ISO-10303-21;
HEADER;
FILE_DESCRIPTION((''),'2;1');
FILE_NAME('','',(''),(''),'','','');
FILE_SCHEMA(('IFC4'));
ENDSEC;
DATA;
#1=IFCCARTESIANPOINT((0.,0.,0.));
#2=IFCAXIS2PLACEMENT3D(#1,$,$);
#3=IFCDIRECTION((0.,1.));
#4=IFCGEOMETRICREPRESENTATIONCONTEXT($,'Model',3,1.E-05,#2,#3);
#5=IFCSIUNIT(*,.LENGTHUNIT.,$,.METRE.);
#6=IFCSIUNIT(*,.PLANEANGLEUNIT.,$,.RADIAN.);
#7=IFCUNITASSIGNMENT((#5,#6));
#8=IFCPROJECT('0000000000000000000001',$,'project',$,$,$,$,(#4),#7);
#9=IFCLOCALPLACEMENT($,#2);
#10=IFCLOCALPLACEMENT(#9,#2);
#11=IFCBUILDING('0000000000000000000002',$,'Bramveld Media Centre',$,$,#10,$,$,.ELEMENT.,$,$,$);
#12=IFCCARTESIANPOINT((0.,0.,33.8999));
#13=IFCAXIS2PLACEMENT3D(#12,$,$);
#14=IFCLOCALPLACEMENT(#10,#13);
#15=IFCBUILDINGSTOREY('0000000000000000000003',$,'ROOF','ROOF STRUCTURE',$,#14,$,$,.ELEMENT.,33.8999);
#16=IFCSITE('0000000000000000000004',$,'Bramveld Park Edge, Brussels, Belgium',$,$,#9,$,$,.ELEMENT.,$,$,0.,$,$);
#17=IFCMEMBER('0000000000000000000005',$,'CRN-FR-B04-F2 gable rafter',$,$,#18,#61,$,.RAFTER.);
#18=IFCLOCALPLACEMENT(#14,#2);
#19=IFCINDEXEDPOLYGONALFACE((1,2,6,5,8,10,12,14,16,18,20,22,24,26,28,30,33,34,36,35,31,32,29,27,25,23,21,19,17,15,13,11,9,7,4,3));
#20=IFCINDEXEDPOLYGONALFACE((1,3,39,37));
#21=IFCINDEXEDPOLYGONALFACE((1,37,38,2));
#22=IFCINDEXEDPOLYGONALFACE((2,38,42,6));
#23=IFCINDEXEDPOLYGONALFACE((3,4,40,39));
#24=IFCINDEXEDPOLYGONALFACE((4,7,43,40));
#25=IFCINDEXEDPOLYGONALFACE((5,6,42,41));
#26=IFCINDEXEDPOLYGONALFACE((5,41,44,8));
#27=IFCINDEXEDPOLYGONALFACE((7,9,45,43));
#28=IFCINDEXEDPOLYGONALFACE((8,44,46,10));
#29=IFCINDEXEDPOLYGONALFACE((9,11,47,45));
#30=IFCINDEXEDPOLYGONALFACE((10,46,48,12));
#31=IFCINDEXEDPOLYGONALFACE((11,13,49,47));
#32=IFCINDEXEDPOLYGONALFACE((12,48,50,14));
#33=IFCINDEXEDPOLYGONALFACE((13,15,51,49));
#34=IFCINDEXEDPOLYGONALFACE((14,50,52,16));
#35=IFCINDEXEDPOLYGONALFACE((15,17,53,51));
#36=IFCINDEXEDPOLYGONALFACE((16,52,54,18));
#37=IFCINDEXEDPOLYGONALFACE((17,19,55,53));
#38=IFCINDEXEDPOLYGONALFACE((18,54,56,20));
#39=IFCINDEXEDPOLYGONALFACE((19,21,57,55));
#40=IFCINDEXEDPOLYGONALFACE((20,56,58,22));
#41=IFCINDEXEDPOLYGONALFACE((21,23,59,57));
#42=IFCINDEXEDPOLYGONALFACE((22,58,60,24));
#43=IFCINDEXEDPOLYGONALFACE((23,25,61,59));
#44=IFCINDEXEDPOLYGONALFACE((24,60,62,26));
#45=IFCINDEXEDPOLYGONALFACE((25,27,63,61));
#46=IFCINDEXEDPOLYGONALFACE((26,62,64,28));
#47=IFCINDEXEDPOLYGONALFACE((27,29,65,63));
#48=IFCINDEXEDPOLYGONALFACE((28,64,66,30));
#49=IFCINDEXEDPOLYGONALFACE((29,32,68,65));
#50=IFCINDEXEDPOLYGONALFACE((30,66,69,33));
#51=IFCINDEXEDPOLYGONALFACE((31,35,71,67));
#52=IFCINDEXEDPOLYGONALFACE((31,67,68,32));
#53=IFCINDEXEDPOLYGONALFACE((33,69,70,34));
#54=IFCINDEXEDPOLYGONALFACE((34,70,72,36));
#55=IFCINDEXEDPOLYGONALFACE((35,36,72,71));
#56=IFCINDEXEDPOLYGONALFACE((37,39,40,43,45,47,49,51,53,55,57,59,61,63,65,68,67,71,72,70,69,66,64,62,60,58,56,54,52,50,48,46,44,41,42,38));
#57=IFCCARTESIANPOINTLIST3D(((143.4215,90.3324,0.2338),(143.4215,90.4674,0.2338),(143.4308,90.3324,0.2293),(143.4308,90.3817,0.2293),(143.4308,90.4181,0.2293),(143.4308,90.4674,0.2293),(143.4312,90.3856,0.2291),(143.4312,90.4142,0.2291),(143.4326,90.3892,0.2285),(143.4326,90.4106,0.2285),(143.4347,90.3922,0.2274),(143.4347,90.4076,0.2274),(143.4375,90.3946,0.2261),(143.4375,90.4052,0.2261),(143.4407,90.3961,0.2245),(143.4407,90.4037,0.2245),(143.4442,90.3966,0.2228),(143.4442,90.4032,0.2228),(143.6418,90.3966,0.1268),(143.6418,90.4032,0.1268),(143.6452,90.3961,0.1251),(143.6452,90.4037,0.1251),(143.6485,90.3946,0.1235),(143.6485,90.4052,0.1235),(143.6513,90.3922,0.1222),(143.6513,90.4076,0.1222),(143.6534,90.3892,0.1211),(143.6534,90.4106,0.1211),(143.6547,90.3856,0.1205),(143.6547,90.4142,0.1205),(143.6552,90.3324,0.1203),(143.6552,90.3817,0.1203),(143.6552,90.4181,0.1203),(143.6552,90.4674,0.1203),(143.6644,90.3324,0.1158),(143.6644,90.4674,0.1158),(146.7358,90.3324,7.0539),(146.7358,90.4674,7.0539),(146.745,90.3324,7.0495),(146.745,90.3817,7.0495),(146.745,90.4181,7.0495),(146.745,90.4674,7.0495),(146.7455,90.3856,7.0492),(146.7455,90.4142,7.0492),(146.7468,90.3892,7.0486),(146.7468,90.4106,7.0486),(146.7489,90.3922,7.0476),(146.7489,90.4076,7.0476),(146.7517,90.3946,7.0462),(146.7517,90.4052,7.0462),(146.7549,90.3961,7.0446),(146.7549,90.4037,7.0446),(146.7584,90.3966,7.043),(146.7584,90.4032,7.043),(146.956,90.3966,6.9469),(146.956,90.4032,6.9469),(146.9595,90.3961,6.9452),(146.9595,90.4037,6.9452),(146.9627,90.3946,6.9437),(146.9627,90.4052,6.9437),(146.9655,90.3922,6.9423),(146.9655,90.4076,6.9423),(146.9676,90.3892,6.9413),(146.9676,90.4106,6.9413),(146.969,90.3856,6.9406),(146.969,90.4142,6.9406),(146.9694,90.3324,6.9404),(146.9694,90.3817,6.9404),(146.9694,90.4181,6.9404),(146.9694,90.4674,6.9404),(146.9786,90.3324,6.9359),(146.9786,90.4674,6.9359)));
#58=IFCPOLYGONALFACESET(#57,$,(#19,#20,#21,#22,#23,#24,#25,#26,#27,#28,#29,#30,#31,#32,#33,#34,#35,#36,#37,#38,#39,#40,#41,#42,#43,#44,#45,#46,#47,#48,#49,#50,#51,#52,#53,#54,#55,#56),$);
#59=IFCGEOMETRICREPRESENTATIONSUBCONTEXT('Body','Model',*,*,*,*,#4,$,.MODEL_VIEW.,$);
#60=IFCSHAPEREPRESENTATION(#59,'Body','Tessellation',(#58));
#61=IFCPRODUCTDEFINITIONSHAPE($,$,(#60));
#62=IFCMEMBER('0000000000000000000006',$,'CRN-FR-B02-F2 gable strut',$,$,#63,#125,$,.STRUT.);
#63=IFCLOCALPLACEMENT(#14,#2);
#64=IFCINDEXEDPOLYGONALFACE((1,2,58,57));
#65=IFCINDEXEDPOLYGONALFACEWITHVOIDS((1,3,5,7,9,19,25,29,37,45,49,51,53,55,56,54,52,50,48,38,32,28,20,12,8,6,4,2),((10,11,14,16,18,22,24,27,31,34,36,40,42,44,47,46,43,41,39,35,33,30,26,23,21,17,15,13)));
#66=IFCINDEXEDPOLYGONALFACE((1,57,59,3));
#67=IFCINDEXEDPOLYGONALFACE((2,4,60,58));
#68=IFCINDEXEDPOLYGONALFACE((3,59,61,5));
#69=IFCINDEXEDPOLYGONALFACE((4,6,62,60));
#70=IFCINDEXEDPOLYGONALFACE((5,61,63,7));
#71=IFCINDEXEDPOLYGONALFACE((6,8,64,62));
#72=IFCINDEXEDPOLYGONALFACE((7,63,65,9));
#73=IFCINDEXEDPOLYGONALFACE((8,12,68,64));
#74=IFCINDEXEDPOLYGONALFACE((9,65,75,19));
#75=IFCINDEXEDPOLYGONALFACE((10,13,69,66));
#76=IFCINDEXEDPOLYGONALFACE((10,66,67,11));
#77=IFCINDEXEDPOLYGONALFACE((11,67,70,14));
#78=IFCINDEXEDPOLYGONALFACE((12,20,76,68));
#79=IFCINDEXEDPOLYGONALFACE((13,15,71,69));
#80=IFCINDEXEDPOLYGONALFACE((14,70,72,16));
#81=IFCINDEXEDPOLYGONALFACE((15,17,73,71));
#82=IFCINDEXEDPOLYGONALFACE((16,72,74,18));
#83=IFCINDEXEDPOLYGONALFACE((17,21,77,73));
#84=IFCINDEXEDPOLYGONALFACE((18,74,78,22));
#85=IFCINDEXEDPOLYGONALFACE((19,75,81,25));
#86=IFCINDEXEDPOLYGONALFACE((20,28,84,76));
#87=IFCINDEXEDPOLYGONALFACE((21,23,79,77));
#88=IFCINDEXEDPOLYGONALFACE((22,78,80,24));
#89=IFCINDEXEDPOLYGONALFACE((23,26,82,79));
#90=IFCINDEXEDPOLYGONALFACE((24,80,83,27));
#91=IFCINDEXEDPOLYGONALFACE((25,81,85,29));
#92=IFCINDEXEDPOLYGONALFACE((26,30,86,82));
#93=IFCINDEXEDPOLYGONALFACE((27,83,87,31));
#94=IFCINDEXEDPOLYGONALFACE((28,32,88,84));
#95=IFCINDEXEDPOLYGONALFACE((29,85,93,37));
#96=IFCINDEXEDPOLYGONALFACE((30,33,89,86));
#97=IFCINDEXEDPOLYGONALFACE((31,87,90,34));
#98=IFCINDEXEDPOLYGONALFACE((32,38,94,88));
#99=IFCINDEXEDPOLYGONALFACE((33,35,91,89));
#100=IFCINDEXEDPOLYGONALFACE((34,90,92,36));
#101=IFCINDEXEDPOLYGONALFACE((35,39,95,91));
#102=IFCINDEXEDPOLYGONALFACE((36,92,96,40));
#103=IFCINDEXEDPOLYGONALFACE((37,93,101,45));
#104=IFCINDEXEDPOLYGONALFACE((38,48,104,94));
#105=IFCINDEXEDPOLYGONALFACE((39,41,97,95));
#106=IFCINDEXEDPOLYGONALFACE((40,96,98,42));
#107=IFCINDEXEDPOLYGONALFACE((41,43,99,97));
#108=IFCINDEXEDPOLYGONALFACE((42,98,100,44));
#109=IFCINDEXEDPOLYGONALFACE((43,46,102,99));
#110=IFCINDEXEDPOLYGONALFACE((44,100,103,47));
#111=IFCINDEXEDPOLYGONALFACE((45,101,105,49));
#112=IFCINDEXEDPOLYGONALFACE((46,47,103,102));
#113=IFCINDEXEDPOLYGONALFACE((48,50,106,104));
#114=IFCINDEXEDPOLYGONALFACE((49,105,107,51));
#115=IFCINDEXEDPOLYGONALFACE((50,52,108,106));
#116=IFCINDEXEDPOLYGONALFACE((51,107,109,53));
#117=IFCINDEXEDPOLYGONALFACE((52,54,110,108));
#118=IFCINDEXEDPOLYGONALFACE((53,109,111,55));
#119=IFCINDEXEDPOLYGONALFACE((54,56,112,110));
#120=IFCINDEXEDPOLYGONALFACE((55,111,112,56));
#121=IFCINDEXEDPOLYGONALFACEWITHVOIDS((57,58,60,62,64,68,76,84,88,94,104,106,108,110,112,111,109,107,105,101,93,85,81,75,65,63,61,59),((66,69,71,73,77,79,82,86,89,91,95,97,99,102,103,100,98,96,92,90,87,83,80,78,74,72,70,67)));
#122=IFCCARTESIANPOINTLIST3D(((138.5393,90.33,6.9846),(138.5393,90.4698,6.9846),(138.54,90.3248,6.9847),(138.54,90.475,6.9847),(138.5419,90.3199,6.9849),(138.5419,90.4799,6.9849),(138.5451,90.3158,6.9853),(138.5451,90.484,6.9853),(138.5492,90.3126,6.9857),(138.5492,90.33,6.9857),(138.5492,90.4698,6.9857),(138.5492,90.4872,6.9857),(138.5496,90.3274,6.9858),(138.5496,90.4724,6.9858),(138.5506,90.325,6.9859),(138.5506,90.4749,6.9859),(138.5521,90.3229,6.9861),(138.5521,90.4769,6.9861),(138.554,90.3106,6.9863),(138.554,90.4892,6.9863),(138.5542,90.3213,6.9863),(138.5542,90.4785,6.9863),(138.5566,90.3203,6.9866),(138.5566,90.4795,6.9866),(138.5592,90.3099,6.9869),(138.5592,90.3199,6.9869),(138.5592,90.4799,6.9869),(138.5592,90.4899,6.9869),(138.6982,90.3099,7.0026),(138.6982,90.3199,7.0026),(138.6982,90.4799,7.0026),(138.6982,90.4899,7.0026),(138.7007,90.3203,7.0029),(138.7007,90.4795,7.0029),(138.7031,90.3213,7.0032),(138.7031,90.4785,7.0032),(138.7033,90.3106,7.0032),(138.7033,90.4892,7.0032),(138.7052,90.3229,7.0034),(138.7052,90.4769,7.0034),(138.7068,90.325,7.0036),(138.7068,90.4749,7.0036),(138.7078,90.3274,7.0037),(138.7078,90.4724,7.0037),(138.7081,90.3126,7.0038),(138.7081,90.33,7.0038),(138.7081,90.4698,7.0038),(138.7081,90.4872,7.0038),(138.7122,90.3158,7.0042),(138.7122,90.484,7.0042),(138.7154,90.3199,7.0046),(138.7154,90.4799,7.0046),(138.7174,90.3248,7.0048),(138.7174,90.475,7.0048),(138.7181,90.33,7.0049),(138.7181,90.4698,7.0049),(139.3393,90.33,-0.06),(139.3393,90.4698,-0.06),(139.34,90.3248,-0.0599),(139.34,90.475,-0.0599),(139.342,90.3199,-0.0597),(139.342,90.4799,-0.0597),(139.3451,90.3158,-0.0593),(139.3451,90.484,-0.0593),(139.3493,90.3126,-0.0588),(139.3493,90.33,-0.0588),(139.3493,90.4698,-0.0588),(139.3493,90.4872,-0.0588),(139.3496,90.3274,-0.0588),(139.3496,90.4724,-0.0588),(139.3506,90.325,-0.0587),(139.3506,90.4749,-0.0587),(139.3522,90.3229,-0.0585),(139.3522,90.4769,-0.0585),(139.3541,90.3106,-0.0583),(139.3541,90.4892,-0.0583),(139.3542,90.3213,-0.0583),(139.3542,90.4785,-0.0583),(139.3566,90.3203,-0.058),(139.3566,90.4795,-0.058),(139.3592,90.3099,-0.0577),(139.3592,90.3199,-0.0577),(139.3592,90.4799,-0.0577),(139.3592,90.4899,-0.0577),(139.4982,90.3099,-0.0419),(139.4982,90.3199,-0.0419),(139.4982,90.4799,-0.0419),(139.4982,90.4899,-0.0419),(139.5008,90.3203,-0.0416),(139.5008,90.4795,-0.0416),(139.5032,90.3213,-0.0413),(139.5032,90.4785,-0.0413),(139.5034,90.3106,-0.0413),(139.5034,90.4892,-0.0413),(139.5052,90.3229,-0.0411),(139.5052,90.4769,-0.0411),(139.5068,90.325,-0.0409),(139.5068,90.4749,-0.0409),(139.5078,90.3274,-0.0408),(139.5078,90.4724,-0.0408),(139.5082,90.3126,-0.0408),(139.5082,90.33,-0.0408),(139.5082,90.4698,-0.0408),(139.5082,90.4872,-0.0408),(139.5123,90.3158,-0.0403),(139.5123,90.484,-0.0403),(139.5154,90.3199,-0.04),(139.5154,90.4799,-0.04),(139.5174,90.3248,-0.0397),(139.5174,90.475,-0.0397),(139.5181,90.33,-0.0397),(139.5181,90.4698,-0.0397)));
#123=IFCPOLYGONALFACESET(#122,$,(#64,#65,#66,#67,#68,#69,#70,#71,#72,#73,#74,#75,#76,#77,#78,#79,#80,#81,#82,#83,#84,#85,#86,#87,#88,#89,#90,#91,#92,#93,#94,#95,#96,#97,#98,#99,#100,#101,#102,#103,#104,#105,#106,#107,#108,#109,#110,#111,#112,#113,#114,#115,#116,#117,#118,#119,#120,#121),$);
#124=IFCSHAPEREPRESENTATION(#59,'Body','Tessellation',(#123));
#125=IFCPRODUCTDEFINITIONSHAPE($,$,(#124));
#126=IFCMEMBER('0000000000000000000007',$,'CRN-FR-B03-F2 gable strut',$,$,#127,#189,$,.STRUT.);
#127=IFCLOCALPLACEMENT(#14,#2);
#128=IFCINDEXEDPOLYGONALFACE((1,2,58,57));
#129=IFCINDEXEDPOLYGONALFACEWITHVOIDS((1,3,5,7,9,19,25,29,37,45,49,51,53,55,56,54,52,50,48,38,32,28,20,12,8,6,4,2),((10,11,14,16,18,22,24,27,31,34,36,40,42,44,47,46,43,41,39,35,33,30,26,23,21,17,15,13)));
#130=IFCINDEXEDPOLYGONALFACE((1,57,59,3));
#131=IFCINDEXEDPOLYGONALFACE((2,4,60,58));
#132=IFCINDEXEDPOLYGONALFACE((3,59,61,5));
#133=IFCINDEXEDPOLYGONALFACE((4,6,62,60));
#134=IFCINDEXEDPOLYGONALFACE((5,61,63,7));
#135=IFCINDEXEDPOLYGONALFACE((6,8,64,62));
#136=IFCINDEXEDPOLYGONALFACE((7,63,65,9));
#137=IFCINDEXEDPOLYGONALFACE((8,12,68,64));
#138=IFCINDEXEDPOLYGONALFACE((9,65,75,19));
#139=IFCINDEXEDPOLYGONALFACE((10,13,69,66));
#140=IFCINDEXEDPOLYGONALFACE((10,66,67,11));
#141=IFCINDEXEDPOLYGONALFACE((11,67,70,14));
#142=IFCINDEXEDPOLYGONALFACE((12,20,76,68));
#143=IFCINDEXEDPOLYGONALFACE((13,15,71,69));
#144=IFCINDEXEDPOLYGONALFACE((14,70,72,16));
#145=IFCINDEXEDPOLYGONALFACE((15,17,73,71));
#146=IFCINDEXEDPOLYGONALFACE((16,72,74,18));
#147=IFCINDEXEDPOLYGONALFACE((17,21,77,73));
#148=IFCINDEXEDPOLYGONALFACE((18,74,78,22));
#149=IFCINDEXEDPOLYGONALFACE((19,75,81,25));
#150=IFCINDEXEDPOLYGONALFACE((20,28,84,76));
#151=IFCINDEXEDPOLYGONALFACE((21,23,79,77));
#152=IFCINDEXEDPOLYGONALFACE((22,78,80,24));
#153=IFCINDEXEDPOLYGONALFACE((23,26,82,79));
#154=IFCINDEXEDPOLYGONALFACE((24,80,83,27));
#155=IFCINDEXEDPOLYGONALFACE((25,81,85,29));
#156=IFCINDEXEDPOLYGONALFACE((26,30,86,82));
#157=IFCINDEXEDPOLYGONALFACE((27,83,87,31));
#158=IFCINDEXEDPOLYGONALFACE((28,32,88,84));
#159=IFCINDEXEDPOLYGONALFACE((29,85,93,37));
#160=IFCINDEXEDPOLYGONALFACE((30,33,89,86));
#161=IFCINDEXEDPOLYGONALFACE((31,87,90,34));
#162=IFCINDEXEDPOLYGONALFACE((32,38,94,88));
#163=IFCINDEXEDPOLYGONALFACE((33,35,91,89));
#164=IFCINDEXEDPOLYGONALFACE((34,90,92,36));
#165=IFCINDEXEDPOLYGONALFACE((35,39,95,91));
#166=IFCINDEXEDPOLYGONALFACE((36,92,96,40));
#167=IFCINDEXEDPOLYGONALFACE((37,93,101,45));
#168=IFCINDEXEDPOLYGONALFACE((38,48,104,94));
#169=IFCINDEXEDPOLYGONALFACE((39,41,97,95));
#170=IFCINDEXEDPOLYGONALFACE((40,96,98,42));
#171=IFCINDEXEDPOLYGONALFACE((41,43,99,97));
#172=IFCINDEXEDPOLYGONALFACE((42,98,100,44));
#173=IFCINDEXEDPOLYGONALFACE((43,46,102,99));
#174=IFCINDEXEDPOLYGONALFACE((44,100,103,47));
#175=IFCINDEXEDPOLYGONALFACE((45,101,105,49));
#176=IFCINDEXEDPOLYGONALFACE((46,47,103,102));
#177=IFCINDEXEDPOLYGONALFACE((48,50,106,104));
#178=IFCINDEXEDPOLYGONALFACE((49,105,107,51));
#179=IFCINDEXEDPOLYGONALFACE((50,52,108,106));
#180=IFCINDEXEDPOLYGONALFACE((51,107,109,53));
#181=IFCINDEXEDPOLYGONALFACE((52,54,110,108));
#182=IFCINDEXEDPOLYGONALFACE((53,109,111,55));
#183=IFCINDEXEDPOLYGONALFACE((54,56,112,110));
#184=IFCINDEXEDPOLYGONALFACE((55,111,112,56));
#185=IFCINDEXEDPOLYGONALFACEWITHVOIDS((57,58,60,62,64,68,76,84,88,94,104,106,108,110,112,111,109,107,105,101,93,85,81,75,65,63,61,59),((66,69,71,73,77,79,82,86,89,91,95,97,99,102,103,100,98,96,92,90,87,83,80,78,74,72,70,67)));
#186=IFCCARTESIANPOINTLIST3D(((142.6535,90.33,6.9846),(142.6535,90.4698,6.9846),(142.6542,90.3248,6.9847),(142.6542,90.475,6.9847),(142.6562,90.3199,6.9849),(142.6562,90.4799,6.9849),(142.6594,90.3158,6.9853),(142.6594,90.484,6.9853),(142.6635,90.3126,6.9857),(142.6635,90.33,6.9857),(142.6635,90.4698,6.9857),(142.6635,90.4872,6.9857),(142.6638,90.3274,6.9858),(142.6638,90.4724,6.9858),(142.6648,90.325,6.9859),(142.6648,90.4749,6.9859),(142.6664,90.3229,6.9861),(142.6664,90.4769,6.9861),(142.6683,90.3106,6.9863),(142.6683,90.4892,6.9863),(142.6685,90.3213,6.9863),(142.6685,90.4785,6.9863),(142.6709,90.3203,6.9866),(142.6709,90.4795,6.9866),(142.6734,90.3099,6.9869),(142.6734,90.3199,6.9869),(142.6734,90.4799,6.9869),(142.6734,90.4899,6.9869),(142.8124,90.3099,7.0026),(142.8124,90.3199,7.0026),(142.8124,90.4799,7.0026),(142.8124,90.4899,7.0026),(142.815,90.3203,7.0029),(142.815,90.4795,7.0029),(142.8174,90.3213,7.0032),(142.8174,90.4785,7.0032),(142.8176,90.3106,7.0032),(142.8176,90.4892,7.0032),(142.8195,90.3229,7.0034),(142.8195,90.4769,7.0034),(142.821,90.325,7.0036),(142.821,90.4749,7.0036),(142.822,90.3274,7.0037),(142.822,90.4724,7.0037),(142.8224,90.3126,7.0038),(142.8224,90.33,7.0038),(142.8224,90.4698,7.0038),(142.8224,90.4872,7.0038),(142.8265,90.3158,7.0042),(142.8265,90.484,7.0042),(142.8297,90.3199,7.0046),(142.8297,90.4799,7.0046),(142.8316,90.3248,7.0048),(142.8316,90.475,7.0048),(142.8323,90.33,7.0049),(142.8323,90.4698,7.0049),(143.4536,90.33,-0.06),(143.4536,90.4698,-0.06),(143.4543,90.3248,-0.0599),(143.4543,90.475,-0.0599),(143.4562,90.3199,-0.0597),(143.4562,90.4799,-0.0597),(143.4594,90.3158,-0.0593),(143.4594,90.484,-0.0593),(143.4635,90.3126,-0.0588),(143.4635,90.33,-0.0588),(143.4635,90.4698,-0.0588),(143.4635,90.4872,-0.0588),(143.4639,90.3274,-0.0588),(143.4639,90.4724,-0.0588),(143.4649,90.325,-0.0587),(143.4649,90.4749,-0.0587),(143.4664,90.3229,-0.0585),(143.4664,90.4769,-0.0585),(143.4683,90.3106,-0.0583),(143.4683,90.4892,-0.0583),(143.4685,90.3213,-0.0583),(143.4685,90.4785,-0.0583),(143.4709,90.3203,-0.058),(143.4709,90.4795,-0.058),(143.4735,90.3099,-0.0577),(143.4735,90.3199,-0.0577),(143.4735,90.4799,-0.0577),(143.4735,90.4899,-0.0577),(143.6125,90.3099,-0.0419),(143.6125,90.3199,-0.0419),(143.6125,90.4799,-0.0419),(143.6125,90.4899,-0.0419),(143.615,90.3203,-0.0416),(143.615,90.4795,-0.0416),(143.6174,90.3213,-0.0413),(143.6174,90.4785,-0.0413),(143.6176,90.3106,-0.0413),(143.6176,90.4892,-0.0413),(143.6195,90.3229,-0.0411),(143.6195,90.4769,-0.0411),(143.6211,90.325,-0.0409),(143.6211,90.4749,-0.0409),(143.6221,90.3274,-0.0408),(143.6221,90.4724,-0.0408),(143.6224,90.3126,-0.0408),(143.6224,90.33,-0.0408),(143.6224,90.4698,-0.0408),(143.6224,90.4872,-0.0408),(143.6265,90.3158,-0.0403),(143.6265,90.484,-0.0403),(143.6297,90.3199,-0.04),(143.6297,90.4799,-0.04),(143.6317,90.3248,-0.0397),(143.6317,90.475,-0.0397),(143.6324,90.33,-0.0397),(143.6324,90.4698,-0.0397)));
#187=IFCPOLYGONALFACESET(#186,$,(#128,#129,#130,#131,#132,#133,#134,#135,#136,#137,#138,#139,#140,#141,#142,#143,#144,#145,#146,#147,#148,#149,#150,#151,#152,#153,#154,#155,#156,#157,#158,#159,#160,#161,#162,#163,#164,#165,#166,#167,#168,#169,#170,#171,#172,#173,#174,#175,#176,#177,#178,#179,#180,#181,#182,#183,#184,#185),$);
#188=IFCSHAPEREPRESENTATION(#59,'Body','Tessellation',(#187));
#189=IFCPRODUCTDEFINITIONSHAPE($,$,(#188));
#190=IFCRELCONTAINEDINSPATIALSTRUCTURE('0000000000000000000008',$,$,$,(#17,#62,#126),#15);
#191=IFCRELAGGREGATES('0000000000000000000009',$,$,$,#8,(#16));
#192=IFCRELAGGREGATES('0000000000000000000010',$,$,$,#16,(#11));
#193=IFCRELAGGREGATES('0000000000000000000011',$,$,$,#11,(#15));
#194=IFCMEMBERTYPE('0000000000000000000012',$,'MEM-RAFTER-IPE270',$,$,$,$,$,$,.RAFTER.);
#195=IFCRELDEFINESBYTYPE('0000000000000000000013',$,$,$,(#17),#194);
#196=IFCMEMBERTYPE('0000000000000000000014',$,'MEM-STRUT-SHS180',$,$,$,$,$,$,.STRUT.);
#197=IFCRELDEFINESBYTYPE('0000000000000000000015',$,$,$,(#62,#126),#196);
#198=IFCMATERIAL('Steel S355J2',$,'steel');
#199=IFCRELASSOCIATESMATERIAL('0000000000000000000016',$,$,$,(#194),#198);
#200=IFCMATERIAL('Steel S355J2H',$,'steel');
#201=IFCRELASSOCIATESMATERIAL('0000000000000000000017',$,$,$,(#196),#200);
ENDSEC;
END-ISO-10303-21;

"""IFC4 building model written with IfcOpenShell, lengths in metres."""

from ifc_helpers import new_model, si_unit, direction, frame, origin, origin_2d, place, context, subcontext, project, spatial, hollow_rectangle, i_section, extrude, material, material_profile, profile_set, type_object, element, save


model = new_model("IFC4")

# Units and contexts
model_context = context("Model", 3, precision=1e-05, world=origin(), true_north=direction((0.0, 1.0)))
body_context = subcontext(model_context, "Body", "Model", "MODEL_VIEW")
ifc_project = project(units=[si_unit("LENGTHUNIT", "METRE"), si_unit("PLANEANGLEUNIT", "RADIAN")], contexts=[model_context])

# Site, building, storey
site_placement = place(None, origin())
site = spatial("IfcSite", under=ifc_project, at=site_placement, Name="Bramveld Park Edge, Brussels, Belgium", CompositionType="ELEMENT", RefElevation=0.0)
building_placement = place(site_placement, origin())
building = spatial("IfcBuilding", under=site, at=building_placement, Name="Bramveld Media Centre", CompositionType="ELEMENT")
storey_placement = place(building_placement, frame((0.0, 0.0, 33.8999)))
storey = spatial("IfcBuildingStorey", under=building, at=storey_placement, Name="ROOF", Description="ROOF STRUCTURE", CompositionType="ELEMENT", Elevation=33.8999)

# Members
ifc_material_1 = material(Name="Steel S355J2", Category="steel")
ifc_material_profile_1 = material_profile(ifc_material_1, i_section(OverallWidth=0.135, OverallDepth=0.27, WebThickness=0.0066, FlangeThickness=0.0103, FilletRadius=0.0149, at=origin_2d()), Name="IPE 270")
ifc_profile_set_1 = profile_set([ifc_material_profile_1], Name="Steel S355J2")
member_type_1 = type_object("IfcMemberType", Name="MEM-RAFTER-IPE270", PredefinedType="RAFTER", material=ifc_profile_set_1)
for number, where, z_axis, x_axis, name in (
    (1, (143.543, 90.3999, 0.1748), (0.437075, 0.0, 0.899425), (0.0, 1.0, 0.0), "CRN-FR-B04-F2 gable rafter"),
):
    element("IfcMember", number, at=place(storey_placement, frame(where, z_axis=z_axis, x_axis=x_axis)), inside=storey, type_object=member_type_1, Name=name, PredefinedType="RAFTER", context=body_context, shape_type="SweptSolid", body=[
        extrude(i_section(OverallWidth=0.135, OverallDepth=0.27, WebThickness=0.0066, FlangeThickness=0.0103, FilletRadius=0.0149, at=origin_2d()), origin(), (0.0, 0.0, 1.0), 7.5828),
    ])
ifc_material_2 = material(Name="Steel S355J2H", Category="steel")
ifc_material_profile_2 = material_profile(ifc_material_2, hollow_rectangle(XDim=0.1799, YDim=0.1799, WallThickness=0.01, InnerFilletRadius=0.01, OuterFilletRadius=0.02, at=origin_2d()), Name="SHS 180x180x10")
ifc_profile_set_2 = profile_set([ifc_material_profile_2], Name="Steel S355J2H")
member_type_2 = type_object("IfcMemberType", Name="MEM-STRUT-SHS180", PredefinedType="STRUT", material=ifc_profile_set_2)
for number, where, z_axis, x_axis, name in (
    (2, (139.4287, 90.3999, -0.0498), (-0.112842, 0.0, 0.993613), (0.0, -1.0, 0.0), "CRN-FR-B02-F2 gable strut"),
    (3, (143.543, 90.3999, -0.0498), (-0.112842, 0.0, 0.993613), (0.0, -1.0, 0.0), "CRN-FR-B03-F2 gable strut"),
):
    element("IfcMember", number, at=place(storey_placement, frame(where, z_axis=z_axis, x_axis=x_axis)), inside=storey, type_object=member_type_2, Name=name, PredefinedType="STRUT", context=body_context, shape_type="SweptSolid", body=[
        extrude(hollow_rectangle(XDim=0.1799, YDim=0.1799, WallThickness=0.01, InnerFilletRadius=0.01, OuterFilletRadius=0.02, at=origin_2d()), origin(), (0.0, 0.0, 1.0), 7.0898),
    ])

save(model, "model.ifc")
